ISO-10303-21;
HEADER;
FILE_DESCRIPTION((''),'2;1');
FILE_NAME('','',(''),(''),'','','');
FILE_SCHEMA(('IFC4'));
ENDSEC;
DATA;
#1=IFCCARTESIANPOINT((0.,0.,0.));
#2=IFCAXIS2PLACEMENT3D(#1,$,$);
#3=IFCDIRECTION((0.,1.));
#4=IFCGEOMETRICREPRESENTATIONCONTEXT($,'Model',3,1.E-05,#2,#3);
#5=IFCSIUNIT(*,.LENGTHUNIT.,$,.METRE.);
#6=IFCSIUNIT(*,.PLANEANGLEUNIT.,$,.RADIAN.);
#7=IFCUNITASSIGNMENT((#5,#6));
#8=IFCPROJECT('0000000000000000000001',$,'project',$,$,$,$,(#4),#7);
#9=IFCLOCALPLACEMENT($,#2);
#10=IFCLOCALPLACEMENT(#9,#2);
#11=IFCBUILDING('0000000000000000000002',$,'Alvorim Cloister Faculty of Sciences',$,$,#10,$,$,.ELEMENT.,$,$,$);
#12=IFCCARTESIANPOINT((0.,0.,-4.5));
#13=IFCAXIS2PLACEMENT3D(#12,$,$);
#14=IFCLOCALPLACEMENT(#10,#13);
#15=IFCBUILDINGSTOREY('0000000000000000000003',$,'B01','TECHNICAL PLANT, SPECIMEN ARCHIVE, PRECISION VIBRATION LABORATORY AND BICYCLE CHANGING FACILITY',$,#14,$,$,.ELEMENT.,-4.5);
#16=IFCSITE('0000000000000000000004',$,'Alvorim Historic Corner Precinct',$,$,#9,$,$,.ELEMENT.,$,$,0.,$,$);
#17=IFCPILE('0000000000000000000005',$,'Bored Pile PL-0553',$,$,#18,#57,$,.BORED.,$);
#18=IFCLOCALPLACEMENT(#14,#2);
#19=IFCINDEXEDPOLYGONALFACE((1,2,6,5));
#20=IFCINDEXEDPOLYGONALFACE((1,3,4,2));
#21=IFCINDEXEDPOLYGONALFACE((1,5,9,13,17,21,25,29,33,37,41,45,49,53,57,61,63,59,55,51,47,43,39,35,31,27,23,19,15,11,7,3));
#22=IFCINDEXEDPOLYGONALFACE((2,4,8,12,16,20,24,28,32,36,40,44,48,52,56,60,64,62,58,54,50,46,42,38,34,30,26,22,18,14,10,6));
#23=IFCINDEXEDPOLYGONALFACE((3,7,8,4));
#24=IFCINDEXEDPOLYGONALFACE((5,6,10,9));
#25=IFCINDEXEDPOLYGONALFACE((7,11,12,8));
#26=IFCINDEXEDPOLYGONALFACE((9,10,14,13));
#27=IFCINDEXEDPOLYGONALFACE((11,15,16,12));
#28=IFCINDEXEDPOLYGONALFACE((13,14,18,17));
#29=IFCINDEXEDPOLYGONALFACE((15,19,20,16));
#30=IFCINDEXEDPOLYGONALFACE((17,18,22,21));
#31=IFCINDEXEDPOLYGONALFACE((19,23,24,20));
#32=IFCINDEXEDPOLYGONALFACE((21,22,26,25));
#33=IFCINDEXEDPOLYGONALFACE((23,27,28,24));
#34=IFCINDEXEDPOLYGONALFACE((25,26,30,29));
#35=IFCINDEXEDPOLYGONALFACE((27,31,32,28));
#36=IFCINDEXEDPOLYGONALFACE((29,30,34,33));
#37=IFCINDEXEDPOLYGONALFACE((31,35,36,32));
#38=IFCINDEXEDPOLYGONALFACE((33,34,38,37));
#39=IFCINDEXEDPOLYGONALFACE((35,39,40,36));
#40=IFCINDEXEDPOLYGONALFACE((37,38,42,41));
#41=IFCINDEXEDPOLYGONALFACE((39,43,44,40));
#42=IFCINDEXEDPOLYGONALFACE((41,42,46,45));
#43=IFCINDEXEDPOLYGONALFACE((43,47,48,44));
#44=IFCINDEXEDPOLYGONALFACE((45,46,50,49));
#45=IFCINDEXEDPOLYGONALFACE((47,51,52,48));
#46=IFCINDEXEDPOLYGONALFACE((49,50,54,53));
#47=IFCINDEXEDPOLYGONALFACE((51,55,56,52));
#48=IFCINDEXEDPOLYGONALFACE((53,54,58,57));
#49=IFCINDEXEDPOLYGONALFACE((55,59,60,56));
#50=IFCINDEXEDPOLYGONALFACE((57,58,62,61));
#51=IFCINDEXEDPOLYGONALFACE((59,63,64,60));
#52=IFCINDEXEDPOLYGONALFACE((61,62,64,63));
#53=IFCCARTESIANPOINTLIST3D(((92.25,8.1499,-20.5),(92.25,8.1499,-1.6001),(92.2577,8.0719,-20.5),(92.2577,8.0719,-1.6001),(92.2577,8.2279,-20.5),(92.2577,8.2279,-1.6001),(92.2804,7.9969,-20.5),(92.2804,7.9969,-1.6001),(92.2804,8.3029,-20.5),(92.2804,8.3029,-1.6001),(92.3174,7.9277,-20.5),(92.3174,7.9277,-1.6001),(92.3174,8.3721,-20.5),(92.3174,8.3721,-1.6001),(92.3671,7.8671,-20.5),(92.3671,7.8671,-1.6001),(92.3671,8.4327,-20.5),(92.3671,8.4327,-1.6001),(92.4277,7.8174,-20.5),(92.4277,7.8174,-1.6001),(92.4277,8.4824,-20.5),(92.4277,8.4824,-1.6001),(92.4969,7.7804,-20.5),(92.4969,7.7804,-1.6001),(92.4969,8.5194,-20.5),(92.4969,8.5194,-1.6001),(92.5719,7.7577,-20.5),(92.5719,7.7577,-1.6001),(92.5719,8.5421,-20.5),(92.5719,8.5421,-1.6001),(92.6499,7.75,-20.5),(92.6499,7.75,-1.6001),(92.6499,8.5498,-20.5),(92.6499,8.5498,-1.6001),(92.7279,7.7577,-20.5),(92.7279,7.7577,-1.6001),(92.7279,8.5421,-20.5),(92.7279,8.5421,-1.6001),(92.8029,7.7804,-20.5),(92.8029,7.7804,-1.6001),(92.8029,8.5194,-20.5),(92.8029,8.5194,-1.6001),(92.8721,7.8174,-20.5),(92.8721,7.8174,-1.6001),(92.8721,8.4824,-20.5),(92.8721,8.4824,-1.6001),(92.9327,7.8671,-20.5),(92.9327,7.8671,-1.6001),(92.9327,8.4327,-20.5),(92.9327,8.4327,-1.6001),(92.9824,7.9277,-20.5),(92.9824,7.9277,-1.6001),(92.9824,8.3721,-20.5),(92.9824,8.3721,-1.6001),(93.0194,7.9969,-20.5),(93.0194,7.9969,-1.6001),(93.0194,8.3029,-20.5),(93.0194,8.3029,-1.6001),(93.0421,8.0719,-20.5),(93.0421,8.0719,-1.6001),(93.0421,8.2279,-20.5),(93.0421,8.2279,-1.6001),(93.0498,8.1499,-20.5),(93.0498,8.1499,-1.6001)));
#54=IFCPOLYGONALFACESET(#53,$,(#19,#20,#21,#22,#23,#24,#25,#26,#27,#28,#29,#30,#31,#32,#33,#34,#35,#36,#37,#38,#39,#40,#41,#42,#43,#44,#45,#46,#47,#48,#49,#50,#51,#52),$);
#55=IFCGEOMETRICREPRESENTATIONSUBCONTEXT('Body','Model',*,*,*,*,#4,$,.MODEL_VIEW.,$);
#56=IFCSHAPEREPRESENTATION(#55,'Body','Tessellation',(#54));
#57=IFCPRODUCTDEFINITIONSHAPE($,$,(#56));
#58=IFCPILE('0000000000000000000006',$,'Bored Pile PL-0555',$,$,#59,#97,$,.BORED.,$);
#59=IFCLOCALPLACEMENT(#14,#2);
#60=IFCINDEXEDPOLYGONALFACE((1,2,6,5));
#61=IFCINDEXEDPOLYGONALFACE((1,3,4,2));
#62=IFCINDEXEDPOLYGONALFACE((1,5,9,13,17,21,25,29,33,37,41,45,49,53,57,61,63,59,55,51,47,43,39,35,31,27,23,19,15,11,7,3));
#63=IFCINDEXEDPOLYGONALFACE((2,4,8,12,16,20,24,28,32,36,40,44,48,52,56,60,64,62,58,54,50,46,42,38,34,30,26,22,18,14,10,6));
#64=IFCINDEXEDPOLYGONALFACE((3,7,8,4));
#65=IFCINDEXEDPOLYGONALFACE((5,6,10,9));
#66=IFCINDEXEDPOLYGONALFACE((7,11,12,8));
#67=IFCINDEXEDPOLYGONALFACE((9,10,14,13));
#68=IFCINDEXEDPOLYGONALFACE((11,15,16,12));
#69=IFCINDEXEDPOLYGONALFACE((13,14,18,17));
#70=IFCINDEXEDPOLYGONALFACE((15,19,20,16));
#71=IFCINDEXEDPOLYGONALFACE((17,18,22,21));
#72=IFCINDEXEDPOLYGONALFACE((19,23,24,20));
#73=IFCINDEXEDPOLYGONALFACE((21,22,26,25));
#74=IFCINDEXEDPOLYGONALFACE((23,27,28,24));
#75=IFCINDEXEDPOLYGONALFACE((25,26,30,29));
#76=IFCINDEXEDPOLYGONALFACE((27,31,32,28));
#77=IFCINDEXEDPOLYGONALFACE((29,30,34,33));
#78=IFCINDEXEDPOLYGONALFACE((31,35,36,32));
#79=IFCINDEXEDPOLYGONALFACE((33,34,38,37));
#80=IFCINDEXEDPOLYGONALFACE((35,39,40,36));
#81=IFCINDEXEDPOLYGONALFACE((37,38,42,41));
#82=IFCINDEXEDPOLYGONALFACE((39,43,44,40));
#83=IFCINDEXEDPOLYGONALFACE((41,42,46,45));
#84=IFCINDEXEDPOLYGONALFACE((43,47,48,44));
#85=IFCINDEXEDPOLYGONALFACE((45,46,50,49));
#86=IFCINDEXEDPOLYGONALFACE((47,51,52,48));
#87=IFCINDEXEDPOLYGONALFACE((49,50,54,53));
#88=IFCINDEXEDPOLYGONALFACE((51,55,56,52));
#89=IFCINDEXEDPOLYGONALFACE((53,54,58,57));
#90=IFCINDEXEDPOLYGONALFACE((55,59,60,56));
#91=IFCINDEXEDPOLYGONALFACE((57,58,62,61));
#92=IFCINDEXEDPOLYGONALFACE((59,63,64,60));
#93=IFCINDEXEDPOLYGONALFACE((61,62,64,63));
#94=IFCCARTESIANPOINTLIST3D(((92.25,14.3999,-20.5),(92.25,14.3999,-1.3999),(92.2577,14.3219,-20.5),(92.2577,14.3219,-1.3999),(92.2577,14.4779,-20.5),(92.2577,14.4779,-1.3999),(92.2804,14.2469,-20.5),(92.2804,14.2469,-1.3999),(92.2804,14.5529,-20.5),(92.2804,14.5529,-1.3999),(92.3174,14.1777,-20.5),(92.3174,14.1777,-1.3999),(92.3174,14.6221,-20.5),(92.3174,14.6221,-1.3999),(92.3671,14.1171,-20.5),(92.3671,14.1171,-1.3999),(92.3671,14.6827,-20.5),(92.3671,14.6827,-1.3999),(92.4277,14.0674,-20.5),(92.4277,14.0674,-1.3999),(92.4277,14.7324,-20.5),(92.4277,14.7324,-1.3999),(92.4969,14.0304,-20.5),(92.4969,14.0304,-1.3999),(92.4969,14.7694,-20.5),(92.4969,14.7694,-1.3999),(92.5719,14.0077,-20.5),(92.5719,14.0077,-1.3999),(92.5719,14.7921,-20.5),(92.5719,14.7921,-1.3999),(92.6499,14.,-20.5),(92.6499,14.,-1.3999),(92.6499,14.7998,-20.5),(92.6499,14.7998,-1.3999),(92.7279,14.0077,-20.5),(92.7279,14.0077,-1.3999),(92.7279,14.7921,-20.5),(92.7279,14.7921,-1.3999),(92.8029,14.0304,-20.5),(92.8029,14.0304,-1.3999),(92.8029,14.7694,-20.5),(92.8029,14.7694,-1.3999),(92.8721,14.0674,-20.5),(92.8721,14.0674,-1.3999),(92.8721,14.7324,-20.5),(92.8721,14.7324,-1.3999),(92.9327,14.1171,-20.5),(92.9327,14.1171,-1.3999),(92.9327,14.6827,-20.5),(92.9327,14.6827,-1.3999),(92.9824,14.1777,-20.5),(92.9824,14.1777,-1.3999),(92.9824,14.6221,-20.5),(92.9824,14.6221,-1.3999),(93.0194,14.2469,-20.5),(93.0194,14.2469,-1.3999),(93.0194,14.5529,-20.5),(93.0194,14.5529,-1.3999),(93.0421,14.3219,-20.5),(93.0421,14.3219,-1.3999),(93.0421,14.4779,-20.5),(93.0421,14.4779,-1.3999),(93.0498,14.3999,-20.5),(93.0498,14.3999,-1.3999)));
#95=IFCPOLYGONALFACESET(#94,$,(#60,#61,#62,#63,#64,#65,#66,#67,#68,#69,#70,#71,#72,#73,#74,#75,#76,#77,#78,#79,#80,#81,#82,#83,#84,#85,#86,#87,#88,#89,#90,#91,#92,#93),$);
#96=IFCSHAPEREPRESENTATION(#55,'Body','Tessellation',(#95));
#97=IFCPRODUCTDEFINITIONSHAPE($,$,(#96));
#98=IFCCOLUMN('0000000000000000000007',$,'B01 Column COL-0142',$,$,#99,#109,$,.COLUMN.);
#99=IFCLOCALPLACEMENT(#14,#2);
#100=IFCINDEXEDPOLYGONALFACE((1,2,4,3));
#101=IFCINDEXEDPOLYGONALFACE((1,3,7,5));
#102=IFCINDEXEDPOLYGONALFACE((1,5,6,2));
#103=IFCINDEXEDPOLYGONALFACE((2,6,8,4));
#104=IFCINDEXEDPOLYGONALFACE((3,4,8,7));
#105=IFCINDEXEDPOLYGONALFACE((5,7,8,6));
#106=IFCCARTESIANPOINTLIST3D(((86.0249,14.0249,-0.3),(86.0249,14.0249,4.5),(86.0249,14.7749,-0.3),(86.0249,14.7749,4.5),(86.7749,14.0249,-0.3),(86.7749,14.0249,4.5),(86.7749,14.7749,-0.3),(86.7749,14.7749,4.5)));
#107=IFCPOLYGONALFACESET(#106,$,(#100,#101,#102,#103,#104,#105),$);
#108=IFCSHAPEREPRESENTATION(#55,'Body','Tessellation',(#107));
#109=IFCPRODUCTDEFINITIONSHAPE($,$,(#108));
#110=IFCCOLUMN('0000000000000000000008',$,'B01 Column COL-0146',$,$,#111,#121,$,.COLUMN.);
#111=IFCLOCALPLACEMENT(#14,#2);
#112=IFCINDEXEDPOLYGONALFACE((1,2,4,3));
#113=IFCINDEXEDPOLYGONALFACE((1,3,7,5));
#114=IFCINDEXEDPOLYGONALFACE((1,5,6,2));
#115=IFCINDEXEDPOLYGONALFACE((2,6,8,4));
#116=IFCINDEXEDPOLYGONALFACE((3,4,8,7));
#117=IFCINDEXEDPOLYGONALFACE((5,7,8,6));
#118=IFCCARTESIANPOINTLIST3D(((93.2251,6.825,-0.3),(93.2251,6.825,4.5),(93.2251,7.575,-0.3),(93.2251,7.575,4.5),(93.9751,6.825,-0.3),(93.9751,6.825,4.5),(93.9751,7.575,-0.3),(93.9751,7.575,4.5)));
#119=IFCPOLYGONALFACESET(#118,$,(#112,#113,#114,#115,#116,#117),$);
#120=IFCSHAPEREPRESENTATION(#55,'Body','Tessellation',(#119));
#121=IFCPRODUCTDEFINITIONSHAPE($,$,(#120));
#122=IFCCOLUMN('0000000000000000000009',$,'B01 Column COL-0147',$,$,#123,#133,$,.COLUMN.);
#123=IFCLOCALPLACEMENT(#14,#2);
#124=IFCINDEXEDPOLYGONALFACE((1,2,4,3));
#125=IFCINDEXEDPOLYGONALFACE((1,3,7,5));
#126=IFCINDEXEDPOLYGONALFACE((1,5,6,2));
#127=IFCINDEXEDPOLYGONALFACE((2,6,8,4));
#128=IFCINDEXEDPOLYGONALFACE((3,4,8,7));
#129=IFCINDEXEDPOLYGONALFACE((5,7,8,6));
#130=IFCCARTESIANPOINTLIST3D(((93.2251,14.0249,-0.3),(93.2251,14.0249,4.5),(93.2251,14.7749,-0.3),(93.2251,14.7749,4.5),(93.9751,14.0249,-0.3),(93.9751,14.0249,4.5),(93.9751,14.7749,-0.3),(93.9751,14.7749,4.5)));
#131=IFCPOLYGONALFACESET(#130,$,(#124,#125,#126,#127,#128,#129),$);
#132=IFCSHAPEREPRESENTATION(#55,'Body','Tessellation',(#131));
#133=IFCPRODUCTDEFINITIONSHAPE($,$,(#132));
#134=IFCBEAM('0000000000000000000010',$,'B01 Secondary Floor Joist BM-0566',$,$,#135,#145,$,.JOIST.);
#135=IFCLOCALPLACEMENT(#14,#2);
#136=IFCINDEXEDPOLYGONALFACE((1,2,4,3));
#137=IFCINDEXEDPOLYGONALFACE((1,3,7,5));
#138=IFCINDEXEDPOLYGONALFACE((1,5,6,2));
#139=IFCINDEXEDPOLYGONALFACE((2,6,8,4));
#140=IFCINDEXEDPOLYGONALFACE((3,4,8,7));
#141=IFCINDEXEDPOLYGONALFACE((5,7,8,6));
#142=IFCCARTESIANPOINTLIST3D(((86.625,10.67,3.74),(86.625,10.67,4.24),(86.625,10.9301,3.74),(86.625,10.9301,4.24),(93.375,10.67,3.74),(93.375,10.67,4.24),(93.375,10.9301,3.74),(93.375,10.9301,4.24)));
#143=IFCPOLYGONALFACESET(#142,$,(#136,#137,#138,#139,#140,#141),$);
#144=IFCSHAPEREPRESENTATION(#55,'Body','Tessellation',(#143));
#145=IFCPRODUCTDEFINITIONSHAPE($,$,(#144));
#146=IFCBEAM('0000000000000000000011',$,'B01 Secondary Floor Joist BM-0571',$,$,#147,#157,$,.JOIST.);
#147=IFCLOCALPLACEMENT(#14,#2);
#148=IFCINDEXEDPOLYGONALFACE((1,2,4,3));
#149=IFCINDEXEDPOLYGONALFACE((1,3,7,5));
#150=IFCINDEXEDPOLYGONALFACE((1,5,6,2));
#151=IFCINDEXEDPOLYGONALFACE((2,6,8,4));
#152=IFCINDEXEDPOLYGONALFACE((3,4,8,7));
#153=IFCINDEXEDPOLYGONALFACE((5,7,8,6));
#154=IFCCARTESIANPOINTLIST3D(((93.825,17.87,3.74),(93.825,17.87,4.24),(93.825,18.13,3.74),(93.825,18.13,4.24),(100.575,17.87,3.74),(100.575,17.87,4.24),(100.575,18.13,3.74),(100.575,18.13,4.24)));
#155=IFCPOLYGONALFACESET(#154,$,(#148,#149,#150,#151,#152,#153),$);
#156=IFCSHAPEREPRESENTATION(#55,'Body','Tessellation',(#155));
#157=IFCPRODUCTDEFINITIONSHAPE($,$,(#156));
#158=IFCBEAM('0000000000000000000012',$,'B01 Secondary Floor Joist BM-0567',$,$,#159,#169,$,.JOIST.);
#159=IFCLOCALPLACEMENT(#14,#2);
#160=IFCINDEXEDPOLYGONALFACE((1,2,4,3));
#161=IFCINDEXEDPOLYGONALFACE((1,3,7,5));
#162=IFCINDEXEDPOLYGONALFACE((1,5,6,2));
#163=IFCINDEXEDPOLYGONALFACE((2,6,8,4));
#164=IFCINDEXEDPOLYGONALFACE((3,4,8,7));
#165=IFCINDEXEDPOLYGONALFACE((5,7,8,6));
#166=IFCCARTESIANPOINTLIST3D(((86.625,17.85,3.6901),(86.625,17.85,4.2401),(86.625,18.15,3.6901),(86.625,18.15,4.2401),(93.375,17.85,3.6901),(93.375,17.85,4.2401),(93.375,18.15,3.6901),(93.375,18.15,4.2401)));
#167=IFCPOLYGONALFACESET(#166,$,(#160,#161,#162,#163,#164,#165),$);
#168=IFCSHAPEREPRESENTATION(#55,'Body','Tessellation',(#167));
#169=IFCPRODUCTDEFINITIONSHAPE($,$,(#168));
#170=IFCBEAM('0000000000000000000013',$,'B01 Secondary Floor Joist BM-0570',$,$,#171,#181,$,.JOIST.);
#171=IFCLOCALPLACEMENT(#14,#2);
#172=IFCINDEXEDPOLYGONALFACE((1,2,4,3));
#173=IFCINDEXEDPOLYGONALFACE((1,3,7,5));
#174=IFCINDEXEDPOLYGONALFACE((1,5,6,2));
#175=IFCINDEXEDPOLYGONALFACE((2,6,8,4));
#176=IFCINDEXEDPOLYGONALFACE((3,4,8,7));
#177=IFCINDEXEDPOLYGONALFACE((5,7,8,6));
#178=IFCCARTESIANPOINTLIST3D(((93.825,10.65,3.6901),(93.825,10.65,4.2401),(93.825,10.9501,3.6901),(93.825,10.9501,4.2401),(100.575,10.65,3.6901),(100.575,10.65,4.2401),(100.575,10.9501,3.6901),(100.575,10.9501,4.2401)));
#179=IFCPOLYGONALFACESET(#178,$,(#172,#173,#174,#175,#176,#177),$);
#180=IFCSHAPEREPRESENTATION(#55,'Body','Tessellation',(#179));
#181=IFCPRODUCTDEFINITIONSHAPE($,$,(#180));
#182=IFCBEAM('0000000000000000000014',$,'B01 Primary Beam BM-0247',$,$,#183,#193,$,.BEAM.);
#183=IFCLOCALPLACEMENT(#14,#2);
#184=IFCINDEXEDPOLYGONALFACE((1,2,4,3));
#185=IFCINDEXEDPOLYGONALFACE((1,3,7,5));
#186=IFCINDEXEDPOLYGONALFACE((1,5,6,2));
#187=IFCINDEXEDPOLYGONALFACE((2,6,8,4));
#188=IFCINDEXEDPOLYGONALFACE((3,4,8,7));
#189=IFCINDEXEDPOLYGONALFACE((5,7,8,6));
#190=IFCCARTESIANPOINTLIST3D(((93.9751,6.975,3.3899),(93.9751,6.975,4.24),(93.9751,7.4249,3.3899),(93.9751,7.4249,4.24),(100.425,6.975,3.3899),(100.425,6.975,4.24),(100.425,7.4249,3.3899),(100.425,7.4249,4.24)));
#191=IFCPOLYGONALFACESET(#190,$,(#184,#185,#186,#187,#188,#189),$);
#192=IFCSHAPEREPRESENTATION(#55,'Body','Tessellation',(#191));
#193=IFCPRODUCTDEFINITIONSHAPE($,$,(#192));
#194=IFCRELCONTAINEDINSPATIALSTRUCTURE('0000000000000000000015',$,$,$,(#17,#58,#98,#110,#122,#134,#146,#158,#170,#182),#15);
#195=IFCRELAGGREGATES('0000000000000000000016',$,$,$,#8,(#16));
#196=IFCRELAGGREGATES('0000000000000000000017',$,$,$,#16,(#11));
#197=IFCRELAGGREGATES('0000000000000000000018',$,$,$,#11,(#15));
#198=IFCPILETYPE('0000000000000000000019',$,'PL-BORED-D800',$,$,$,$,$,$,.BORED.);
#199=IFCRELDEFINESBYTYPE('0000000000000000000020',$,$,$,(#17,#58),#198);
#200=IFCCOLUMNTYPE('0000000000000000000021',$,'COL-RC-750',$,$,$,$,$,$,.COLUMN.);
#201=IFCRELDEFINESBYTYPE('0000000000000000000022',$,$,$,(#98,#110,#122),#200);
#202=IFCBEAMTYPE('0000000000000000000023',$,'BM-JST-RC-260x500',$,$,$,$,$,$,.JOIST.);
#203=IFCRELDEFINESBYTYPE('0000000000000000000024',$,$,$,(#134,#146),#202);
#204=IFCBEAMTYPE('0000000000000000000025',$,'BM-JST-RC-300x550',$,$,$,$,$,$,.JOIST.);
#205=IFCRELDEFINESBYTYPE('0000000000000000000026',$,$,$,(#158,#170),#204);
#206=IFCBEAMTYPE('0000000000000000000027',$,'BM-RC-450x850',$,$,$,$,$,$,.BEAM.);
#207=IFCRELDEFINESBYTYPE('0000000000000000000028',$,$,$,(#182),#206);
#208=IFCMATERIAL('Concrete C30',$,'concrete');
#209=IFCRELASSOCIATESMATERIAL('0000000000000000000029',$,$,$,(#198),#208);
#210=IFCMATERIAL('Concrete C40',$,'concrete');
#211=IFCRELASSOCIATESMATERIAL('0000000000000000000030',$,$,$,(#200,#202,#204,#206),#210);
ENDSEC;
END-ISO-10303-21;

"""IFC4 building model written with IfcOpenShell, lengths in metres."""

from ifc_helpers import new_model, si_unit, direction, frame, origin, origin_2d, place, context, subcontext, project, spatial, rectangle, circle, extrude, material, material_profile, profile_set, type_object, element, save


model = new_model("IFC4")

# Units and contexts
model_context = context("Model", 3, precision=1e-05, world=origin(), true_north=direction((0.0, 1.0)))
body_context = subcontext(model_context, "Body", "Model", "MODEL_VIEW")
ifc_project = project(units=[si_unit("LENGTHUNIT", "METRE"), si_unit("PLANEANGLEUNIT", "RADIAN")], contexts=[model_context])

# Site, building, storey
site_placement = place(None, origin())
site = spatial("IfcSite", under=ifc_project, at=site_placement, Name="Alvorim Historic Corner Precinct", CompositionType="ELEMENT", RefElevation=0.0)
building_placement = place(site_placement, origin())
building = spatial("IfcBuilding", under=site, at=building_placement, Name="Alvorim Cloister Faculty of Sciences", CompositionType="ELEMENT")
storey_placement = place(building_placement, frame((0.0, 0.0, -4.5)))
storey = spatial("IfcBuildingStorey", under=building, at=storey_placement, Name="B01", Description="TECHNICAL PLANT, SPECIMEN ARCHIVE, PRECISION VIBRATION LABORATORY AND BICYCLE CHANGING FACILITY", CompositionType="ELEMENT", Elevation=-4.5)

# Shared definitions
ifc_material_1 = material(Name="Concrete C40", Category="concrete")

# Piles
ifc_material_2 = material(Name="Concrete C30", Category="concrete")
ifc_material_profile_1 = material_profile(ifc_material_2, circle(Radius=0.3999, at=origin_2d()), Name="PILE-D800")
ifc_profile_set_1 = profile_set([ifc_material_profile_1], Name="Concrete C30")
pile_type_1 = type_object("IfcPileType", Name="PL-BORED-D800", PredefinedType="BORED", material=ifc_profile_set_1)
for number, where, z_axis, x_axis, name in (
    (1, (92.6499, 8.1499, -1.6001), (0.0, 0.0, -1.0), (1.0, 0.0, 0.0), "Bored Pile PL-0553"),
):
    element("IfcPile", number, at=place(storey_placement, frame(where, z_axis=z_axis, x_axis=x_axis)), inside=storey, type_object=pile_type_1, Name=name, PredefinedType="BORED", context=body_context, shape_type="SweptSolid", body=[
        extrude(circle(Radius=0.3999, at=origin_2d()), origin(), (0.0, 0.0, 1.0), 18.8999),
    ])
pile_1_placement = place(storey_placement, frame((92.6499, 14.3999, -1.3999), z_axis=(0.0, 0.0, -1.0), x_axis=(1.0, 0.0, 0.0)))
element("IfcPile", 2, at=pile_1_placement, inside=storey, type_object=pile_type_1, Name="Bored Pile PL-0555", PredefinedType="BORED", context=body_context, shape_type="SweptSolid", body=[
    extrude(circle(Radius=0.3999, at=origin_2d()), origin(), (0.0, 0.0, 1.0), 19.1001),
])

# Columns
ifc_material_profile_2 = material_profile(ifc_material_1, rectangle(XDim=0.75, YDim=0.75, at=origin_2d()), Name="RC40-COL-750x750")
ifc_profile_set_2 = profile_set([ifc_material_profile_2], Name="Concrete C40")
column_type = type_object("IfcColumnType", Name="COL-RC-750", PredefinedType="COLUMN", material=ifc_profile_set_2)
for number, where, z_axis, x_axis, name in (
    (3, (86.3999, 14.3999, -0.3), (0.0, 0.0, 1.0), (1.0, 0.0, 0.0), "B01 Column COL-0142"),
    (4, (93.6001, 7.2, -0.3), (0.0, 0.0, 1.0), (1.0, 0.0, 0.0), "B01 Column COL-0146"),
    (5, (93.6001, 14.3999, -0.3), (0.0, 0.0, 1.0), (1.0, 0.0, 0.0), "B01 Column COL-0147"),
):
    element("IfcColumn", number, at=place(storey_placement, frame(where, z_axis=z_axis, x_axis=x_axis)), inside=storey, type_object=column_type, Name=name, PredefinedType="COLUMN", context=body_context, shape_type="SweptSolid", body=[
        extrude(rectangle(XDim=0.75, YDim=0.75, at=origin_2d()), origin(), (0.0, 0.0, 1.0), 4.8),
    ])

# Beams
ifc_material_profile_3 = material_profile(ifc_material_1, rectangle(XDim=0.26, YDim=0.5, at=origin_2d()), Name="RC40-JST-260x500")
ifc_profile_set_3 = profile_set([ifc_material_profile_3], Name="Concrete C40")
beam_type_1 = type_object("IfcBeamType", Name="BM-JST-RC-260x500", PredefinedType="JOIST", material=ifc_profile_set_3)
for number, where, z_axis, x_axis, name in (
    (6, (86.625, 10.8, 3.99), (1.0, 0.0, 0.0), (0.0, 1.0, 0.0), "B01 Secondary Floor Joist BM-0566"),
    (7, (93.825, 18.0, 3.99), (1.0, 0.0, 0.0), (0.0, 1.0, 0.0), "B01 Secondary Floor Joist BM-0571"),
):
    element("IfcBeam", number, at=place(storey_placement, frame(where, z_axis=z_axis, x_axis=x_axis)), inside=storey, type_object=beam_type_1, Name=name, PredefinedType="JOIST", context=body_context, shape_type="SweptSolid", body=[
        extrude(rectangle(XDim=0.26, YDim=0.5, at=origin_2d()), origin(), (0.0, 0.0, 1.0), 6.75),
    ])
ifc_material_profile_4 = material_profile(ifc_material_1, rectangle(XDim=0.3, YDim=0.55, at=origin_2d()), Name="RC40-JST-300x550")
ifc_profile_set_4 = profile_set([ifc_material_profile_4], Name="Concrete C40")
beam_type_2 = type_object("IfcBeamType", Name="BM-JST-RC-300x550", PredefinedType="JOIST", material=ifc_profile_set_4)
for number, where, z_axis, x_axis, name in (
    (8, (86.625, 18.0, 3.9651), (1.0, 0.0, 0.0), (0.0, 1.0, 0.0), "B01 Secondary Floor Joist BM-0567"),
    (9, (93.825, 10.8, 3.9651), (1.0, 0.0, 0.0), (0.0, 1.0, 0.0), "B01 Secondary Floor Joist BM-0570"),
):
    element("IfcBeam", number, at=place(storey_placement, frame(where, z_axis=z_axis, x_axis=x_axis)), inside=storey, type_object=beam_type_2, Name=name, PredefinedType="JOIST", context=body_context, shape_type="SweptSolid", body=[
        extrude(rectangle(XDim=0.3, YDim=0.55, at=origin_2d()), origin(), (0.0, 0.0, 1.0), 6.75),
    ])
ifc_material_profile_5 = material_profile(ifc_material_1, rectangle(XDim=0.45, YDim=0.8501, at=origin_2d()), Name="RC40-BM-450x850")
ifc_profile_set_5 = profile_set([ifc_material_profile_5], Name="Concrete C40")
beam_type_3 = type_object("IfcBeamType", Name="BM-RC-450x850", PredefinedType="BEAM", material=ifc_profile_set_5)
beam_1_placement = place(storey_placement, frame((93.9751, 7.2, 3.8149), z_axis=(1.0, 0.0, 0.0), x_axis=(0.0, 1.0, 0.0)))
element("IfcBeam", 10, at=beam_1_placement, inside=storey, type_object=beam_type_3, Name="B01 Primary Beam BM-0247", PredefinedType="BEAM", context=body_context, shape_type="SweptSolid", body=[
    extrude(rectangle(XDim=0.45, YDim=0.8501, at=origin_2d()), origin(), (0.0, 0.0, 1.0), 6.45),
])

save(model, "model.ifc")
